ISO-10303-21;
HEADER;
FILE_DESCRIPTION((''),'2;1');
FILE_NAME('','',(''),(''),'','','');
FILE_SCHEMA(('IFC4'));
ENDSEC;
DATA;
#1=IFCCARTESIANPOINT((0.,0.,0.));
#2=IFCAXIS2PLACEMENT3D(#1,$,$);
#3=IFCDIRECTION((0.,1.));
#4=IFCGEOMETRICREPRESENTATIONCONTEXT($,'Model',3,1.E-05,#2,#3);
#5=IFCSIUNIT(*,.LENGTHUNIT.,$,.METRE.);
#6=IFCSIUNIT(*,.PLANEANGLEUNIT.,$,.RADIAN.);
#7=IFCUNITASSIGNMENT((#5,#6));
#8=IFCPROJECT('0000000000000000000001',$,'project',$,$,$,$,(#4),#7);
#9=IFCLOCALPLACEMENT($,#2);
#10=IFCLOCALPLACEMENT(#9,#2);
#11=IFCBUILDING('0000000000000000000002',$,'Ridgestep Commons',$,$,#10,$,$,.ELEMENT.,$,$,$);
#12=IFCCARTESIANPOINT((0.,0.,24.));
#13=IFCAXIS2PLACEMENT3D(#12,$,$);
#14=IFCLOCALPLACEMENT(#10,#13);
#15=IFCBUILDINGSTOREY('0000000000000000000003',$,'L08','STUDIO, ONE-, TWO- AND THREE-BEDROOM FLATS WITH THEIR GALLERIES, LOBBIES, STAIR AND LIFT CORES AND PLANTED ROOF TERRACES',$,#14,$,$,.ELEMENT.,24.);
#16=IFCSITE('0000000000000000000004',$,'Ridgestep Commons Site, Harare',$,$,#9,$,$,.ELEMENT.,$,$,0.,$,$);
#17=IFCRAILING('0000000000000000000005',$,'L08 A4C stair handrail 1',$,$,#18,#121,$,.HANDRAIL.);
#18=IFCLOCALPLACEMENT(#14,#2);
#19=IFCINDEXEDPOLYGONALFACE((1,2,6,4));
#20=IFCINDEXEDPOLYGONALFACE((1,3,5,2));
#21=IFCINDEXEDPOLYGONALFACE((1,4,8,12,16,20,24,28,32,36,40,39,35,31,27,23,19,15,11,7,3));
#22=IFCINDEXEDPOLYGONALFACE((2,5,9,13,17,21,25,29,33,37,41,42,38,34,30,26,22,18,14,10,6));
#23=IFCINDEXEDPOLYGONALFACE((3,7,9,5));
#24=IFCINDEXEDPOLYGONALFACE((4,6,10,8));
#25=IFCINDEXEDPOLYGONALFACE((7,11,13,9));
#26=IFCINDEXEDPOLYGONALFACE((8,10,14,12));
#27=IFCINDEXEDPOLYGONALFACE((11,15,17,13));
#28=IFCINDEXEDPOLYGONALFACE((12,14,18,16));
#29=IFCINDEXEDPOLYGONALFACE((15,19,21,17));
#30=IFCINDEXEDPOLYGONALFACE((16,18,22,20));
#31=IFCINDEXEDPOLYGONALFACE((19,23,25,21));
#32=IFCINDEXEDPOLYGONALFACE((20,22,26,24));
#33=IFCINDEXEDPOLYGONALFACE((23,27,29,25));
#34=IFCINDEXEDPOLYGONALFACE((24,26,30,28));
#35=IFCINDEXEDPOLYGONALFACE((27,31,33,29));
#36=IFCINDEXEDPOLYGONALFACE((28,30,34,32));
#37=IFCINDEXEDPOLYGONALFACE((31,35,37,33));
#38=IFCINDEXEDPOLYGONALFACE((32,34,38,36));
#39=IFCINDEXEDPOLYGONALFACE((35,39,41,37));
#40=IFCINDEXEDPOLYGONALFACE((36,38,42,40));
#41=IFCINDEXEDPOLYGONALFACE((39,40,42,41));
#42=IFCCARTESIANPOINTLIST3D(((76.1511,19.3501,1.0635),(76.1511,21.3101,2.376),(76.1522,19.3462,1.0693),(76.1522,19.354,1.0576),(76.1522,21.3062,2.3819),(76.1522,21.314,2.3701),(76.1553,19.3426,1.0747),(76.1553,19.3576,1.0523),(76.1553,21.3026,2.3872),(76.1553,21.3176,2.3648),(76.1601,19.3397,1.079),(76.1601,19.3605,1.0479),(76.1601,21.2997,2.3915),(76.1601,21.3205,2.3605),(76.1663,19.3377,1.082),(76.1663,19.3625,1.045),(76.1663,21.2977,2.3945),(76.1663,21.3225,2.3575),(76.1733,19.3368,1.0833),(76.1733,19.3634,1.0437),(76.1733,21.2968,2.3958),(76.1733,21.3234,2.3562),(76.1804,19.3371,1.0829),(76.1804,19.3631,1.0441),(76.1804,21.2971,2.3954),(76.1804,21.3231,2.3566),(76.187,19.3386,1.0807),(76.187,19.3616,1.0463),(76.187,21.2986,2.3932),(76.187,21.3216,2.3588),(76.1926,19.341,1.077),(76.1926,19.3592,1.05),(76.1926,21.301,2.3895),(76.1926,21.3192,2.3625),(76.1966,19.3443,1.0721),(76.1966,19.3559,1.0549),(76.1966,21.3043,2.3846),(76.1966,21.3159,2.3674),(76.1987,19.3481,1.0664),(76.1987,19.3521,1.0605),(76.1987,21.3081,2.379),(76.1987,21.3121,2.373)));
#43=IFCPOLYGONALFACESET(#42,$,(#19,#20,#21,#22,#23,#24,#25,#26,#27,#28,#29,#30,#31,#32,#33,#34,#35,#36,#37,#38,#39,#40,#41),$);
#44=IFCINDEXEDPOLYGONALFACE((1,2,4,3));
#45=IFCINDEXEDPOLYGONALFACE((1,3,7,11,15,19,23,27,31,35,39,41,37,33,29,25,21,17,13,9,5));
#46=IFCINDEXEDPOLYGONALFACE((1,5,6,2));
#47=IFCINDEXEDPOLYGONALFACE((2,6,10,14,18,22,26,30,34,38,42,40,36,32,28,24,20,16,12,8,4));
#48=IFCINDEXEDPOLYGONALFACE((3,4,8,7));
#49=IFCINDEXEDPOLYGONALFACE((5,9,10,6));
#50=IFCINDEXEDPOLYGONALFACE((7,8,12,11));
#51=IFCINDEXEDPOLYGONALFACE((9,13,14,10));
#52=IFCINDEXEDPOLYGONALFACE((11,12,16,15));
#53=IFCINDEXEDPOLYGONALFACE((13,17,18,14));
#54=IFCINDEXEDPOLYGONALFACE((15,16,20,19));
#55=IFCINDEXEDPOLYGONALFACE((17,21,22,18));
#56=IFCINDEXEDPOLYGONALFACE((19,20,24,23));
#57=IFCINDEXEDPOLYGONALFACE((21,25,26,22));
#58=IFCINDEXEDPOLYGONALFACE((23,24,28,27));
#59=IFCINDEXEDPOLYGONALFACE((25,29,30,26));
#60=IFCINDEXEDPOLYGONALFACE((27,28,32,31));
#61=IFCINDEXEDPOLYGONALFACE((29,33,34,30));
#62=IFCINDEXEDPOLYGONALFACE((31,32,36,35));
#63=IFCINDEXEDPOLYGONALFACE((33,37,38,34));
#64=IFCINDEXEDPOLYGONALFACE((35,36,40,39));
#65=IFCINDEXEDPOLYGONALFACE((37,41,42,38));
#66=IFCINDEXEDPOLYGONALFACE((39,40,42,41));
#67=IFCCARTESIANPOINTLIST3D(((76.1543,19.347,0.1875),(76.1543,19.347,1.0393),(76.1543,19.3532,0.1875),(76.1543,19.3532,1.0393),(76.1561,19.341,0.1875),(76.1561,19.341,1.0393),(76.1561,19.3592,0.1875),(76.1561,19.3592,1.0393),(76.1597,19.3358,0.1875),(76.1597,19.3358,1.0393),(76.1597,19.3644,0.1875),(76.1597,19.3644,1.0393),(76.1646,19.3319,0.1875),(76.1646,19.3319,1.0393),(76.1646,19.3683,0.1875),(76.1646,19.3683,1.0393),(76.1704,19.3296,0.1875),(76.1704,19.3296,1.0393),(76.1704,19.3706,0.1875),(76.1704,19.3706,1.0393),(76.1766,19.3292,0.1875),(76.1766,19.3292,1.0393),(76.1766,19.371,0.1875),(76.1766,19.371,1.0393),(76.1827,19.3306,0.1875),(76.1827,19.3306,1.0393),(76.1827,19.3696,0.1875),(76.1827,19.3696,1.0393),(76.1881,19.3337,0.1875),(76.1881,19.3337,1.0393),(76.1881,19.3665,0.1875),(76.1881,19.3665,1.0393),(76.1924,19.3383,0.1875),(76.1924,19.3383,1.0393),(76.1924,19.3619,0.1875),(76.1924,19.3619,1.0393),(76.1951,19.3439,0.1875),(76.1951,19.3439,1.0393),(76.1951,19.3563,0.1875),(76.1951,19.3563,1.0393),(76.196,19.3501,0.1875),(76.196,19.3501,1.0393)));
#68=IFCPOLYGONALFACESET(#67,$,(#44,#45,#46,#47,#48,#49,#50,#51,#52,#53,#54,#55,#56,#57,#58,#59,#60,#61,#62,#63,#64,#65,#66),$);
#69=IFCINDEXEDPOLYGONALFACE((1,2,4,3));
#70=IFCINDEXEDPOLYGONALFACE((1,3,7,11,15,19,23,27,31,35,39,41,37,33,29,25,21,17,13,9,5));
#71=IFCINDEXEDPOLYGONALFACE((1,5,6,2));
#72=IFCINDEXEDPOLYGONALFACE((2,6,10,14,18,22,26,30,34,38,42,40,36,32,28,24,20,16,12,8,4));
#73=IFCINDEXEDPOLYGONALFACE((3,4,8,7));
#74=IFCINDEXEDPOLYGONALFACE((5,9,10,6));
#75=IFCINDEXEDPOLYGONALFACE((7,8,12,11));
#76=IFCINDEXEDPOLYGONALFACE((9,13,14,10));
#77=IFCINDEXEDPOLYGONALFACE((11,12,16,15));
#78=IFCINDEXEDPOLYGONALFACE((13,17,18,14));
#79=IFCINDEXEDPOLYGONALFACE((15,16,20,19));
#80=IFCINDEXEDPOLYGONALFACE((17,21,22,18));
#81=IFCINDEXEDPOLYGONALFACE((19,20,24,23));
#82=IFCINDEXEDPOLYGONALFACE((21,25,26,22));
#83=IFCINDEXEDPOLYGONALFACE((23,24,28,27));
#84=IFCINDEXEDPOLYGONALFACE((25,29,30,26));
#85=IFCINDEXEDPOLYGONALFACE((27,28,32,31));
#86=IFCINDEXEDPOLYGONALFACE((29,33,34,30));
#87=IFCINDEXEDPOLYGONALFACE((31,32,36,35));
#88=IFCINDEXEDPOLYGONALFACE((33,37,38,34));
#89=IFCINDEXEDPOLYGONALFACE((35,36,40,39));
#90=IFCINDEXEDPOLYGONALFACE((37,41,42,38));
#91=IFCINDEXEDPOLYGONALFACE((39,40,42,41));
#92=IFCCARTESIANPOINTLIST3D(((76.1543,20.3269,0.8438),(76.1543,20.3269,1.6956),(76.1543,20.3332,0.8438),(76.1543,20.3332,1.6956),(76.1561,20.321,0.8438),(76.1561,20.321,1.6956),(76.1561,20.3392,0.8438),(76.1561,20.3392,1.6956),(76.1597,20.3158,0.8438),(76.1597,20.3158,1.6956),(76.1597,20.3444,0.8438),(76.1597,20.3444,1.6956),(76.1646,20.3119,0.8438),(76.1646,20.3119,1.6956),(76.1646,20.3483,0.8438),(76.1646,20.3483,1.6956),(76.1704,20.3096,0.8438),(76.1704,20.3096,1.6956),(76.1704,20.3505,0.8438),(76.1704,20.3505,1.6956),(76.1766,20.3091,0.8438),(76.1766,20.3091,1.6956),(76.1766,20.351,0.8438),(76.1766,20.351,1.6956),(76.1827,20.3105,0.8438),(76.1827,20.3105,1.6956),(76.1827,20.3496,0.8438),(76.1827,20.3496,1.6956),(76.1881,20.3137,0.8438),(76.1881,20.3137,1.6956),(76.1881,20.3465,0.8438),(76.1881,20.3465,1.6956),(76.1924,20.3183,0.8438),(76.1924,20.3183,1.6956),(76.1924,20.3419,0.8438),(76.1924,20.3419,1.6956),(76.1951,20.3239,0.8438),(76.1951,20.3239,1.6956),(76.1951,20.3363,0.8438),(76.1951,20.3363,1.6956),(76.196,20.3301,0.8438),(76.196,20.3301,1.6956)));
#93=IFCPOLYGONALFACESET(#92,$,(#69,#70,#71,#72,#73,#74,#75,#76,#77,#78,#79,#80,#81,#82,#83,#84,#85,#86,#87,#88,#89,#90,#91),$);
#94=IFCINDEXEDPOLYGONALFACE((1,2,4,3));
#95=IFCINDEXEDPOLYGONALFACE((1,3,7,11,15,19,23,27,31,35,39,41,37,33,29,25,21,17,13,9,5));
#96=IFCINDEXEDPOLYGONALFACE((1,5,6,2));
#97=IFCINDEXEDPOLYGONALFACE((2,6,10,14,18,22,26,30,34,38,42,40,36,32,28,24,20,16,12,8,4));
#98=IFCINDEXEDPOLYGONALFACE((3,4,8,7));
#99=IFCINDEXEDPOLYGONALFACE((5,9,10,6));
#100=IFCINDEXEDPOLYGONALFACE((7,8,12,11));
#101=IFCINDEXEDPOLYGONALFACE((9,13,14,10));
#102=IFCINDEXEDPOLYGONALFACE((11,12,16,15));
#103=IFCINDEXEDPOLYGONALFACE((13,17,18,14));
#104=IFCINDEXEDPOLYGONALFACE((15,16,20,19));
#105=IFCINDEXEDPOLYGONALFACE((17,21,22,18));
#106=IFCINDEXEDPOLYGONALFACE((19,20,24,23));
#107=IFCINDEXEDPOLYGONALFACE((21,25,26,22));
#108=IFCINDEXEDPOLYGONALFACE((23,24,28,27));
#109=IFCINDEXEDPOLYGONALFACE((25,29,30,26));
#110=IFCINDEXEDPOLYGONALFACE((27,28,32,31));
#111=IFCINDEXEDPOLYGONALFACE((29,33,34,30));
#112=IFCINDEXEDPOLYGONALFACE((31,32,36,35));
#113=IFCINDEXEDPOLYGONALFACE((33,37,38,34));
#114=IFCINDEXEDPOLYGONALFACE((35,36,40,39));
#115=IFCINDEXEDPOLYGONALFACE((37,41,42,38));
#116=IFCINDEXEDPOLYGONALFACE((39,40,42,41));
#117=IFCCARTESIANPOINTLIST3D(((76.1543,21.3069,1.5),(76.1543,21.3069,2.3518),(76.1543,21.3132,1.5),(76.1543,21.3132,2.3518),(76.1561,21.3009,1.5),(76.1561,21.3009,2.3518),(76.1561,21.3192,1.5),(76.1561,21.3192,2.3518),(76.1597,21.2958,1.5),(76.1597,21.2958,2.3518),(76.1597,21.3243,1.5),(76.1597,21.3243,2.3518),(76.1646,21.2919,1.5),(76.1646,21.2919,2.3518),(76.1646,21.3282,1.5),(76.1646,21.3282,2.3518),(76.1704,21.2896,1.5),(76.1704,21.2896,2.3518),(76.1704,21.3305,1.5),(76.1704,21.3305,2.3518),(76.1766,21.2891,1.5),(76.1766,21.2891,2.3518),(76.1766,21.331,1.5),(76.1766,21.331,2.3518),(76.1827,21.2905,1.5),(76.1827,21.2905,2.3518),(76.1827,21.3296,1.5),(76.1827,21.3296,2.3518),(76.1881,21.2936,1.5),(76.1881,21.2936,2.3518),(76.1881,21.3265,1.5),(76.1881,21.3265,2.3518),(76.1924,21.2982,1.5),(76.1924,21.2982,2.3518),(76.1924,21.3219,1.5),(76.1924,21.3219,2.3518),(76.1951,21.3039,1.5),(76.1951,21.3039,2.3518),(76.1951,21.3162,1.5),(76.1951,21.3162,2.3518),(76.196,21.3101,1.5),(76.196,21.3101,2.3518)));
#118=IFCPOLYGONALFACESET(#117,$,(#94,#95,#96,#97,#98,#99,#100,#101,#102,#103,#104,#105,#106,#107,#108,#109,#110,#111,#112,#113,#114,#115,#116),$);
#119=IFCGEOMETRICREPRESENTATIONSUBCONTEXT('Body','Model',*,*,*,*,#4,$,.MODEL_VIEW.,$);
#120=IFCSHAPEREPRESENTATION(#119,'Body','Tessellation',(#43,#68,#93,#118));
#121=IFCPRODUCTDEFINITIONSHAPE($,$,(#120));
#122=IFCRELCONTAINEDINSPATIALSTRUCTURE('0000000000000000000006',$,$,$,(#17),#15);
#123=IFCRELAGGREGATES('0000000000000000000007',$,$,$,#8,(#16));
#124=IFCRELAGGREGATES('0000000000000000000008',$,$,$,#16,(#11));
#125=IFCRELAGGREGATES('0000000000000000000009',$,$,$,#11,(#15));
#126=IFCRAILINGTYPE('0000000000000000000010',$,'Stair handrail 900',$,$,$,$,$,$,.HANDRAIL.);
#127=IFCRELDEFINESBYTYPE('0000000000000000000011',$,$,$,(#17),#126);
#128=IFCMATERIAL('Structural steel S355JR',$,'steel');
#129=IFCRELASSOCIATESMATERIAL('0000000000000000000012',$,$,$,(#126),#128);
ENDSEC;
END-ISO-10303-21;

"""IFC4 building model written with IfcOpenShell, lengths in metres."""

from ifc_helpers import new_model, si_unit, direction, frame, origin, origin_2d, place, context, subcontext, project, spatial, circle, extrude, material, type_object, element, save


model = new_model("IFC4")

# Units and contexts
model_context = context("Model", 3, precision=1e-05, world=origin(), true_north=direction((0.0, 1.0)))
body_context = subcontext(model_context, "Body", "Model", "MODEL_VIEW")
ifc_project = project(units=[si_unit("LENGTHUNIT", "METRE"), si_unit("PLANEANGLEUNIT", "RADIAN")], contexts=[model_context])

# Site, building, storey
site_placement = place(None, origin())
site = spatial("IfcSite", under=ifc_project, at=site_placement, Name="Ridgestep Commons Site, Harare", CompositionType="ELEMENT", RefElevation=0.0)
building_placement = place(site_placement, origin())
building = spatial("IfcBuilding", under=site, at=building_placement, Name="Ridgestep Commons", CompositionType="ELEMENT")
storey_placement = place(building_placement, frame((0.0, 0.0, 24.0)))
storey = spatial("IfcBuildingStorey", under=building, at=storey_placement, Name="L08", Description="STUDIO, ONE-, TWO- AND THREE-BEDROOM FLATS WITH THEIR GALLERIES, LOBBIES, STAIR AND LIFT CORES AND PLANTED ROOF TERRACES", CompositionType="ELEMENT", Elevation=24.0)

# Railing
ifc_material_1 = material(Name="Structural steel S355JR", Category="steel")
railing_type_1 = type_object("IfcRailingType", Name="Stair handrail 900", PredefinedType="HANDRAIL", material=ifc_material_1)
railing_1_placement = place(storey_placement, frame((76.175, 19.3501, 0.1875)))
element("IfcRailing", 1, at=railing_1_placement, inside=storey, type_object=railing_type_1, Name="L08 A4C stair handrail 1", PredefinedType="HANDRAIL", context=body_context, shape_type="SweptSolid", body=[
    extrude(circle(Radius=0.0239, at=origin_2d()), frame((0.0, 0.0, 0.876), z_axis=(0.0, 0.830902, 0.556419), x_axis=(-1.0, 0.0, 0.0)), (0.0, 0.0, 1.0), 2.3589),
    extrude(circle(Radius=0.021, at=origin_2d()), origin(), (0.0, 0.0, 1.0), 0.8518),
    extrude(circle(Radius=0.021, at=origin_2d()), frame((0.0, 0.98, 0.6562)), (0.0, 0.0, 1.0), 0.8518),
    extrude(circle(Radius=0.021, at=origin_2d()), frame((0.0, 1.96, 1.3125)), (0.0, 0.0, 1.0), 0.8518),
])

save(model, "model.ifc")
